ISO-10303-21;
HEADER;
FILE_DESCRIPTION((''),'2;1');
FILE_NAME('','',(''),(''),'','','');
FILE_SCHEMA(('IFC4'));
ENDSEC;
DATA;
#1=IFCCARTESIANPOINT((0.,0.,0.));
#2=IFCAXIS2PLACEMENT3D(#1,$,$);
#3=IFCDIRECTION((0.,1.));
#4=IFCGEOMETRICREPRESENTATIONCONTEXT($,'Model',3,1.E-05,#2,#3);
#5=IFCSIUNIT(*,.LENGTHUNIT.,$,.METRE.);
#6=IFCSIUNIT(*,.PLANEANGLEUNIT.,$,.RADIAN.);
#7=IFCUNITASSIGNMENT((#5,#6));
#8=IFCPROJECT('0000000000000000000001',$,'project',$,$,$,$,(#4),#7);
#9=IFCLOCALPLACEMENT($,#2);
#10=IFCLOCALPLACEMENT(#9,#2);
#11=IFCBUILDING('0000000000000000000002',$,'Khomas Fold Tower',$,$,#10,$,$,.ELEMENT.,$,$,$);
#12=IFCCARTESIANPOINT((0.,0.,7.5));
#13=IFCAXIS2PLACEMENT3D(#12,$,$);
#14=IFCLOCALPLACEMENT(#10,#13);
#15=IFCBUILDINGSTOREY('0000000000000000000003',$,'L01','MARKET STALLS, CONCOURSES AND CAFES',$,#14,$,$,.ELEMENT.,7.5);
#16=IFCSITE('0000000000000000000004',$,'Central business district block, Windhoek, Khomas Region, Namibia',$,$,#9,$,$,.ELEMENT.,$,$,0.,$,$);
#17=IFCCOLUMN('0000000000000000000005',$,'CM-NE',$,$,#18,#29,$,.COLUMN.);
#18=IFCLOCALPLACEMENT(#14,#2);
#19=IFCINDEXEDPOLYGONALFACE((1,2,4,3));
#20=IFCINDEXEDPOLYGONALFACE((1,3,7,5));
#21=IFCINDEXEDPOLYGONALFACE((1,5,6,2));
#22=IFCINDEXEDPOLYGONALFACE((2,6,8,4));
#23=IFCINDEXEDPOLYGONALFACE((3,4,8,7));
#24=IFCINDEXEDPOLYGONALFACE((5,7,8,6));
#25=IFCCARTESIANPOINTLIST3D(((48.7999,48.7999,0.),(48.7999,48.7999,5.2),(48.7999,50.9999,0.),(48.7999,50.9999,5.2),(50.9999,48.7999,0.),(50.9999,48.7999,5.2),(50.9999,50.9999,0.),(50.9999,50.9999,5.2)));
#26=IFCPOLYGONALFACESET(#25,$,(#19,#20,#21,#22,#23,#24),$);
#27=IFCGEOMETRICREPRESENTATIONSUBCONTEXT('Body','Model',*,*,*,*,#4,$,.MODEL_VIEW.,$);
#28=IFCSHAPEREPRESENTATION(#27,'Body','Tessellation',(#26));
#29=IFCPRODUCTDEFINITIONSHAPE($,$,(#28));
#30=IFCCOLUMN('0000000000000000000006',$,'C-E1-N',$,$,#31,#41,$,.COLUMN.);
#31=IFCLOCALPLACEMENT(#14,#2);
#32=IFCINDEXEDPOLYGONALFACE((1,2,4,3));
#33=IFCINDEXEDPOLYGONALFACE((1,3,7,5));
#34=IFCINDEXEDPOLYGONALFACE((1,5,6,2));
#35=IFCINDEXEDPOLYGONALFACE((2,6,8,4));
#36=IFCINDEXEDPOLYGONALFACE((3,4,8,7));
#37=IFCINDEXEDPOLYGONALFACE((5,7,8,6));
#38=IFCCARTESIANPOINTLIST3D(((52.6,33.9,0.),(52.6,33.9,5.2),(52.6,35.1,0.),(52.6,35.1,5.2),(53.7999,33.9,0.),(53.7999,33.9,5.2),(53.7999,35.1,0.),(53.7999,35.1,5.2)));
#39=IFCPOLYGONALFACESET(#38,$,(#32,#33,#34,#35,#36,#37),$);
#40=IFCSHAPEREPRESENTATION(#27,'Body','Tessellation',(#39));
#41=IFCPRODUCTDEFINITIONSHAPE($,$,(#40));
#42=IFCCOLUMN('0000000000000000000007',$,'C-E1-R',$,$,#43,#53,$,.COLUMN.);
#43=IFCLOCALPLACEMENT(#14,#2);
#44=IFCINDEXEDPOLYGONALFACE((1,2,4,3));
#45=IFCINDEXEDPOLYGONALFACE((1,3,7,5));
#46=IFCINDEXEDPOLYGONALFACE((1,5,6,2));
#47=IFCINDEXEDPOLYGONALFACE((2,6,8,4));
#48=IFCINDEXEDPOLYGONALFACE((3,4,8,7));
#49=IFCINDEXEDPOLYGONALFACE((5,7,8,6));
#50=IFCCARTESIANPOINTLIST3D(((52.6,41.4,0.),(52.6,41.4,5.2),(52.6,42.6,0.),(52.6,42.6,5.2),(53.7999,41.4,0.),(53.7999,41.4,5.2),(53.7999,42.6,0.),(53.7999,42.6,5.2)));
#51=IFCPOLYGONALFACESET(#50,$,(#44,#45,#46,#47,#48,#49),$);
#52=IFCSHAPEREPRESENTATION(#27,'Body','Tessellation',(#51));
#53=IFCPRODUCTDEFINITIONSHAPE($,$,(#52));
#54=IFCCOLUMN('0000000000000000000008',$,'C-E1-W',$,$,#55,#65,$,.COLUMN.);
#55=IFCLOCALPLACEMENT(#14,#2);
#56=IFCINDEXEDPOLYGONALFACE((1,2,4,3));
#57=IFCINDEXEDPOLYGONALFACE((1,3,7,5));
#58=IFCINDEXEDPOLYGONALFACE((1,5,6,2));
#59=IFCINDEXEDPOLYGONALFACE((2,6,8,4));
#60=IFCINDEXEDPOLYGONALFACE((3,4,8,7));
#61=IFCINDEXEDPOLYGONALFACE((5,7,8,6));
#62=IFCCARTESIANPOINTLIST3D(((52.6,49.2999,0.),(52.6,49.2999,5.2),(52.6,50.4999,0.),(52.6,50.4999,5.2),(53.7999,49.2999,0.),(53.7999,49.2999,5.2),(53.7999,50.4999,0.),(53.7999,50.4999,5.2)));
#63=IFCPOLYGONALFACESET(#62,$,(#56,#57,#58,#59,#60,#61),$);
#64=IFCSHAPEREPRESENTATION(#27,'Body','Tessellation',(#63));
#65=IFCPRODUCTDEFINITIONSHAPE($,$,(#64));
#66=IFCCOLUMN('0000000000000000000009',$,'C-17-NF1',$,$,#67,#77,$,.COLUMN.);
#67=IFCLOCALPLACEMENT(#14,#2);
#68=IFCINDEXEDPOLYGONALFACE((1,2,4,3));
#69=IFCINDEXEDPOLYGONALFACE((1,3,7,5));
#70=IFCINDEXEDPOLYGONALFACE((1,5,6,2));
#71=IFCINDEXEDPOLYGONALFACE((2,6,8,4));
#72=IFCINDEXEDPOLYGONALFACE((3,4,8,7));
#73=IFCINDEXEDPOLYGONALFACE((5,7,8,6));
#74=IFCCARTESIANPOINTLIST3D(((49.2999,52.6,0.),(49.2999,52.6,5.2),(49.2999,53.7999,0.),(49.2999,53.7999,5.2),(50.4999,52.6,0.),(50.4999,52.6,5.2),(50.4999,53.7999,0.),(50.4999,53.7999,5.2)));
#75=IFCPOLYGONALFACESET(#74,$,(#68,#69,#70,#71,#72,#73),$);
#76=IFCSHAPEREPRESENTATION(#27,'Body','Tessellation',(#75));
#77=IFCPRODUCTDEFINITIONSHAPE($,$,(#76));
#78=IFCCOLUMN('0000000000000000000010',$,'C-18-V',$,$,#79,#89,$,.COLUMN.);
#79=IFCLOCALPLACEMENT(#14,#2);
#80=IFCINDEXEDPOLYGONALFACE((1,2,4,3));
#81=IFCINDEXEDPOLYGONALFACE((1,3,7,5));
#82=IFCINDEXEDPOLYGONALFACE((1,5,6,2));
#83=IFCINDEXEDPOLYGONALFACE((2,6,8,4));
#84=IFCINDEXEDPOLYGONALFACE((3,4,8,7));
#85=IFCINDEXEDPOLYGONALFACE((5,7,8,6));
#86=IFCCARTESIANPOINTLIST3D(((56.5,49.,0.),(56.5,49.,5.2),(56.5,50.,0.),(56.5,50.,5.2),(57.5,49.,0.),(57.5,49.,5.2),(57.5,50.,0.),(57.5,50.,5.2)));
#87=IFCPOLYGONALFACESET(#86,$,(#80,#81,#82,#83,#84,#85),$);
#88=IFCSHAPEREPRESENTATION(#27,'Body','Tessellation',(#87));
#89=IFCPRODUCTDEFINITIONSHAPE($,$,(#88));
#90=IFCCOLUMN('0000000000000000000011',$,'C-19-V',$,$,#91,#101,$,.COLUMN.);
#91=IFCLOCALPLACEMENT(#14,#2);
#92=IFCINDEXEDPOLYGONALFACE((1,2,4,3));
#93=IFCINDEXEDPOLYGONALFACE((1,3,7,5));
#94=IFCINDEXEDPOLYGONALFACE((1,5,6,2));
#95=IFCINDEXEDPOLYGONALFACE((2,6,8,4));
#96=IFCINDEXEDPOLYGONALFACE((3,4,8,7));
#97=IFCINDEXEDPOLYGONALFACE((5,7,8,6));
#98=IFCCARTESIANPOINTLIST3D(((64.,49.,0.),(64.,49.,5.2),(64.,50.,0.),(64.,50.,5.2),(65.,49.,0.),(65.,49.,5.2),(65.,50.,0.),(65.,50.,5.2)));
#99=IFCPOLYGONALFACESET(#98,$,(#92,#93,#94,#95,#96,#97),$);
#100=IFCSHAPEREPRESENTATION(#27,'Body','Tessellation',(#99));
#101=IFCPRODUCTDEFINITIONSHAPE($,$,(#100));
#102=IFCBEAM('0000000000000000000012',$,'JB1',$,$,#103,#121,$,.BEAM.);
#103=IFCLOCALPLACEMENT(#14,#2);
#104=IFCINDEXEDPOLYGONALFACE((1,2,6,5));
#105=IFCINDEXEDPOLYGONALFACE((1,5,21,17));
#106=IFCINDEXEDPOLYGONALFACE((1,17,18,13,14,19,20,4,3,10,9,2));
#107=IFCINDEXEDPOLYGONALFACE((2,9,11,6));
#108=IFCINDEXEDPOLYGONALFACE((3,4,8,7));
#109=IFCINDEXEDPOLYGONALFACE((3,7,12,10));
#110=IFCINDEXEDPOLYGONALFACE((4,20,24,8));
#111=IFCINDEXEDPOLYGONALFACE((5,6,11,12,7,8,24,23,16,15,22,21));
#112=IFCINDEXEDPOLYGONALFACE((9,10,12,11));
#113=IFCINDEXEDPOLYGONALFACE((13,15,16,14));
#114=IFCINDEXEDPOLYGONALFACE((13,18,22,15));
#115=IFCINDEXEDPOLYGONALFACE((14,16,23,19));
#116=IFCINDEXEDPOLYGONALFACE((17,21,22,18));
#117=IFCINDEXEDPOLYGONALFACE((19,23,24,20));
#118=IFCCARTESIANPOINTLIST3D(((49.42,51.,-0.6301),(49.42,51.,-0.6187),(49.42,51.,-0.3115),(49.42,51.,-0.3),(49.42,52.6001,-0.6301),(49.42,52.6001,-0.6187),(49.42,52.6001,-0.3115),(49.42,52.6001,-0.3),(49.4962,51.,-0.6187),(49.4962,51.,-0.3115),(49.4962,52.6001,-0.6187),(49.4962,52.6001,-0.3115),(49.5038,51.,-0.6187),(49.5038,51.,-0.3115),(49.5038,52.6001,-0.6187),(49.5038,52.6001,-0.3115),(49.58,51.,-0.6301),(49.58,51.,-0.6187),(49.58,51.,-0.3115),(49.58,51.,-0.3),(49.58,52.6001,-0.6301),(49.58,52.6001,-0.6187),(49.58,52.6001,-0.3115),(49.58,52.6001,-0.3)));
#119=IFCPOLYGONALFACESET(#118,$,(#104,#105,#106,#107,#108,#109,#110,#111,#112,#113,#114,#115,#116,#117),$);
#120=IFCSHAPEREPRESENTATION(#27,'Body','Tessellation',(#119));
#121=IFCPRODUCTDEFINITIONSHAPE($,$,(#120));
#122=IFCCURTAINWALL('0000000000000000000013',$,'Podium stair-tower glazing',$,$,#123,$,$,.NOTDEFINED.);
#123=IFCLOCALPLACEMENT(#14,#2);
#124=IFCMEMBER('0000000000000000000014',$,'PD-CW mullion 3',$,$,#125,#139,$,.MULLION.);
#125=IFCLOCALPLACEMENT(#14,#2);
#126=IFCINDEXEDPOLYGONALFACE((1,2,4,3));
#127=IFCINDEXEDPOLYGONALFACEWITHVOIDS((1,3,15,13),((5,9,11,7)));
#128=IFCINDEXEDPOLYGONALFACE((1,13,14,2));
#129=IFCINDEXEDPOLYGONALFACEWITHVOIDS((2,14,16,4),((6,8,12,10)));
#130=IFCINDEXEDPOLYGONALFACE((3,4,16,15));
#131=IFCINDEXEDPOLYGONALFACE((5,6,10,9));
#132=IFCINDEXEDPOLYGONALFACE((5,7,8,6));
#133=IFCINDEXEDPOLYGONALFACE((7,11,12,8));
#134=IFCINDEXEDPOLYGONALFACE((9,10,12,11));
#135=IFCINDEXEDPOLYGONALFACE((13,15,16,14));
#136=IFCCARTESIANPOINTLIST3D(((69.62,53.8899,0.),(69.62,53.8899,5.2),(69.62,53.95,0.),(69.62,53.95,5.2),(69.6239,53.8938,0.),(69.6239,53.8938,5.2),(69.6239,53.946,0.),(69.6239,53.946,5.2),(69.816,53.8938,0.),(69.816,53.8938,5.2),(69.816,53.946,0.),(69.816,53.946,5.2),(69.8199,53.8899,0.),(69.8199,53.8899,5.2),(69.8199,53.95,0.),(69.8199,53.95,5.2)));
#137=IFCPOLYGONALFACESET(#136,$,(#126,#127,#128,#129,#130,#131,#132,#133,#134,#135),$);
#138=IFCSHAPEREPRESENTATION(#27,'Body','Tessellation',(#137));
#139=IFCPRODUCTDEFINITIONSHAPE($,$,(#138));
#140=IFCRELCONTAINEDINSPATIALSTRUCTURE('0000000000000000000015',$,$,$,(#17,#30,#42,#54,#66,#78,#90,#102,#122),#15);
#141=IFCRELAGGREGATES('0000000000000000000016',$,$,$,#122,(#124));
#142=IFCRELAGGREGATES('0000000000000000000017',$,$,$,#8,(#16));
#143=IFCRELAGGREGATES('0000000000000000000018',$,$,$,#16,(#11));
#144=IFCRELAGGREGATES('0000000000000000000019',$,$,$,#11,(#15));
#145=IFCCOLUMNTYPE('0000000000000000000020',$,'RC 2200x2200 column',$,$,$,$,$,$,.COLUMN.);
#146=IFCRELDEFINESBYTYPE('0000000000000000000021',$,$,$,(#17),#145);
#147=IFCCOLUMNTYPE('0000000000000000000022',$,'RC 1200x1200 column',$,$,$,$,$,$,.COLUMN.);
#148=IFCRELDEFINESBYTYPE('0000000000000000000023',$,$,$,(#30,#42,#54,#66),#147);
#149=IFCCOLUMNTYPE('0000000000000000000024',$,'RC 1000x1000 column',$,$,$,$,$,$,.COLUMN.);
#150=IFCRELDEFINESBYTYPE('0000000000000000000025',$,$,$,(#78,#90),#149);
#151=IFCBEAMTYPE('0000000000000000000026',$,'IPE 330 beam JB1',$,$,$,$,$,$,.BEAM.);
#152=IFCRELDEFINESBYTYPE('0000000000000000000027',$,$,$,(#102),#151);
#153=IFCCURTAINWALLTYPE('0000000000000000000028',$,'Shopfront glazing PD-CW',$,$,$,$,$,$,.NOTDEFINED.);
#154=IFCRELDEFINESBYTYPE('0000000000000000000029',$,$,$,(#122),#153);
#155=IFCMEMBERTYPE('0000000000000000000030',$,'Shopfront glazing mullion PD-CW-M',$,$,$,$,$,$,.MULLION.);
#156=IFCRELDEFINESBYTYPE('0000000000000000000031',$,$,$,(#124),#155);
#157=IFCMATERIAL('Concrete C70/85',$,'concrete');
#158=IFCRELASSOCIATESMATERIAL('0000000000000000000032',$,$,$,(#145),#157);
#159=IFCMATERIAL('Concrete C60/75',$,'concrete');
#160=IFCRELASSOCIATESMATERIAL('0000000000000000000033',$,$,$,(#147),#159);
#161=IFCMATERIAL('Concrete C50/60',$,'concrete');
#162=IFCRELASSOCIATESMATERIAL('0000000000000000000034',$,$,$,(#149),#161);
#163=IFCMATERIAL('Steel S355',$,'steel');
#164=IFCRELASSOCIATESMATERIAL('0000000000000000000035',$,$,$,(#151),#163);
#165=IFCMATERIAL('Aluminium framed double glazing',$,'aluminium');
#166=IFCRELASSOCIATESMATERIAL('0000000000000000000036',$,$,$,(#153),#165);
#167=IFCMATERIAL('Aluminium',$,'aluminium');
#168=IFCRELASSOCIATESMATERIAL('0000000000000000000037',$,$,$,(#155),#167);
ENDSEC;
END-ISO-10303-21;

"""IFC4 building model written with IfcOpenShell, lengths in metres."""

from ifc_helpers import new_model, si_unit, direction, frame, origin, origin_2d, place, context, subcontext, project, spatial, rectangle, hollow_rectangle, i_section, extrude, source, transform, mapped, material, material_profile, profile_set, type_object, element, aggregate, save


model = new_model("IFC4")

# Units and contexts
model_context = context("Model", 3, precision=1e-05, world=origin(), true_north=direction((0.0, 1.0)))
body_context = subcontext(model_context, "Body", "Model", "MODEL_VIEW")
ifc_project = project(units=[si_unit("LENGTHUNIT", "METRE"), si_unit("PLANEANGLEUNIT", "RADIAN")], contexts=[model_context])

# Site, building, storey
site_placement = place(None, origin())
site = spatial("IfcSite", under=ifc_project, at=site_placement, Name="Central business district block, Windhoek, Khomas Region, Namibia", CompositionType="ELEMENT", RefElevation=0.0)
building_placement = place(site_placement, origin())
building = spatial("IfcBuilding", under=site, at=building_placement, Name="Khomas Fold Tower", CompositionType="ELEMENT")
storey_placement = place(building_placement, frame((0.0, 0.0, 7.5)))
storey = spatial("IfcBuildingStorey", under=building, at=storey_placement, Name="L01", Description="MARKET STALLS, CONCOURSES AND CAFES", CompositionType="ELEMENT", Elevation=7.5)

# Columns
ifc_material_1 = material(Name="Concrete C70/85", Category="concrete")
ifc_material_profile_1 = material_profile(ifc_material_1, rectangle(XDim=2.2, YDim=2.2, at=origin_2d()), Name="RC 2200x2200")
ifc_profile_set_1 = profile_set([ifc_material_profile_1], Name="Concrete C70/85")
column_type_1 = type_object("IfcColumnType", Name="RC 2200x2200 column", PredefinedType="COLUMN", material=ifc_profile_set_1)
shared_shape_1 = source(origin(), body_context, "Body", "SweptSolid", [
    extrude(rectangle(XDim=2.2, YDim=2.2, at=origin_2d()), origin(), (0.0, 0.0, 1.0), 5.2),
])
column_placement = place(storey_placement, frame((49.8999, 49.8999, 0.0), z_axis=(0.0, 0.0, 1.0), x_axis=(1.0, 0.0, 0.0)))
element("IfcColumn", 1, at=column_placement, inside=storey, type_object=column_type_1, Name="CM-NE", PredefinedType="COLUMN", context=body_context, shape_type="MappedRepresentation", body=[
    mapped(shared_shape_1, transform((0.0, 0.0, 0.0))),
])
ifc_material_2 = material(Name="Concrete C60/75", Category="concrete")
ifc_material_profile_2 = material_profile(ifc_material_2, rectangle(XDim=1.2, YDim=1.2, at=origin_2d()), Name="RC 1200x1200")
ifc_profile_set_2 = profile_set([ifc_material_profile_2], Name="Concrete C60/75")
column_type_2 = type_object("IfcColumnType", Name="RC 1200x1200 column", PredefinedType="COLUMN", material=ifc_profile_set_2)
shared_shape_2 = source(origin(), body_context, "Body", "SweptSolid", [
    extrude(rectangle(XDim=1.2, YDim=1.2, at=origin_2d()), origin(), (0.0, 0.0, 1.0), 5.2),
])
for number, where, z_axis, x_axis, name in (
    (2, (53.2, 34.5, 0.0), (0.0, 0.0, 1.0), (1.0, 0.0, 0.0), "C-E1-N"),
    (3, (53.2, 42.0, 0.0), (0.0, 0.0, 1.0), (1.0, 0.0, 0.0), "C-E1-R"),
    (4, (53.2, 49.8999, 0.0), (0.0, 0.0, 1.0), (1.0, 0.0, 0.0), "C-E1-W"),
    (5, (49.8999, 53.2, 0.0), (0.0, 0.0, 1.0), (1.0, 0.0, 0.0), "C-17-NF1"),
):
    element("IfcColumn", number, at=place(storey_placement, frame(where, z_axis=z_axis, x_axis=x_axis)), inside=storey, type_object=column_type_2, Name=name, PredefinedType="COLUMN", context=body_context, shape_type="MappedRepresentation", body=[
        mapped(shared_shape_2, transform((0.0, 0.0, 0.0))),
    ])
ifc_material_3 = material(Name="Concrete C50/60", Category="concrete")
ifc_material_profile_3 = material_profile(ifc_material_3, rectangle(XDim=1.0, YDim=1.0, at=origin_2d()), Name="RC 1000x1000")
ifc_profile_set_3 = profile_set([ifc_material_profile_3], Name="Concrete C50/60")
column_type_3 = type_object("IfcColumnType", Name="RC 1000x1000 column", PredefinedType="COLUMN", material=ifc_profile_set_3)
shared_shape_3 = source(origin(), body_context, "Body", "SweptSolid", [
    extrude(rectangle(XDim=1.0, YDim=1.0, at=origin_2d()), origin(), (0.0, 0.0, 1.0), 5.2),
])
for number, where, z_axis, x_axis, name in (
    (6, (57.0, 49.5, 0.0), (0.0, 0.0, 1.0), (1.0, 0.0, 0.0), "C-18-V"),
    (7, (64.5, 49.5, 0.0), (0.0, 0.0, 1.0), (1.0, 0.0, 0.0), "C-19-V"),
):
    element("IfcColumn", number, at=place(storey_placement, frame(where, z_axis=z_axis, x_axis=x_axis)), inside=storey, type_object=column_type_3, Name=name, PredefinedType="COLUMN", context=body_context, shape_type="MappedRepresentation", body=[
        mapped(shared_shape_3, transform((0.0, 0.0, 0.0))),
    ])

# Beam
ifc_material_4 = material(Name="Steel S355", Category="steel")
ifc_material_profile_4 = material_profile(ifc_material_4, i_section(OverallWidth=0.1599, OverallDepth=0.3301, WebThickness=0.0076, FlangeThickness=0.0115, at=origin_2d()), Name="IPE 330")
ifc_profile_set_4 = profile_set([ifc_material_profile_4], Name="Steel S355")
beam_type = type_object("IfcBeamType", Name="IPE 330 beam JB1", PredefinedType="BEAM", material=ifc_profile_set_4)
shared_shape_4 = source(origin(), body_context, "Body", "SweptSolid", [
    extrude(i_section(OverallWidth=0.1599, OverallDepth=0.3301, WebThickness=0.0076, FlangeThickness=0.0115, at=origin_2d()), origin(), (0.0, 0.0, 1.0), 1.6001),
])
beam_placement = place(storey_placement, frame((49.5, 51.0, -0.4651), z_axis=(0.0, 1.0, 0.0), x_axis=(-1.0, 0.0, 0.0)))
element("IfcBeam", 8, at=beam_placement, inside=storey, type_object=beam_type, Name="JB1", PredefinedType="BEAM", context=body_context, shape_type="MappedRepresentation", body=[
    mapped(shared_shape_4, transform((0.0, 0.0, 0.0))),
])

# Curtain wall, member
ifc_material_5 = material(Name="Aluminium framed double glazing", Category="aluminium")
curtain_wall_type = type_object("IfcCurtainWallType", Name="Shopfront glazing PD-CW", PredefinedType="NOTDEFINED", material=ifc_material_5)
curtain_wall_placement = place(storey_placement, origin())
curtain_wall = element("IfcCurtainWall", 9, at=curtain_wall_placement, inside=storey, type_object=curtain_wall_type, Name="Podium stair-tower glazing", PredefinedType="NOTDEFINED")
ifc_material_6 = material(Name="Aluminium", Category="aluminium")
ifc_material_profile_5 = material_profile(ifc_material_6, hollow_rectangle(XDim=0.0601, YDim=0.2, WallThickness=0.0039, at=origin_2d()), Name="Shopfront glazing mullion PD-CW-M")
ifc_profile_set_5 = profile_set([ifc_material_profile_5], Name="Aluminium")
member_type = type_object("IfcMemberType", Name="Shopfront glazing mullion PD-CW-M", PredefinedType="MULLION", material=ifc_profile_set_5)
shared_shape_5 = source(origin(), body_context, "Body", "SweptSolid", [
    extrude(hollow_rectangle(XDim=0.0601, YDim=0.2, WallThickness=0.0039, at=origin_2d()), origin(), (0.0, 0.0, 1.0), 5.2),
])
member_placement = place(storey_placement, frame((69.72, 53.9199, 0.0), z_axis=(0.0, 0.0, 1.0), x_axis=(0.0, -1.0, 0.0)))
member = element("IfcMember", 10, at=member_placement, type_object=member_type, Name="PD-CW mullion 3", PredefinedType="MULLION", context=body_context, shape_type="MappedRepresentation", body=[
    mapped(shared_shape_5, transform((0.0, 0.0, 0.0))),
])
aggregate(curtain_wall, [member])

save(model, "model.ifc")
